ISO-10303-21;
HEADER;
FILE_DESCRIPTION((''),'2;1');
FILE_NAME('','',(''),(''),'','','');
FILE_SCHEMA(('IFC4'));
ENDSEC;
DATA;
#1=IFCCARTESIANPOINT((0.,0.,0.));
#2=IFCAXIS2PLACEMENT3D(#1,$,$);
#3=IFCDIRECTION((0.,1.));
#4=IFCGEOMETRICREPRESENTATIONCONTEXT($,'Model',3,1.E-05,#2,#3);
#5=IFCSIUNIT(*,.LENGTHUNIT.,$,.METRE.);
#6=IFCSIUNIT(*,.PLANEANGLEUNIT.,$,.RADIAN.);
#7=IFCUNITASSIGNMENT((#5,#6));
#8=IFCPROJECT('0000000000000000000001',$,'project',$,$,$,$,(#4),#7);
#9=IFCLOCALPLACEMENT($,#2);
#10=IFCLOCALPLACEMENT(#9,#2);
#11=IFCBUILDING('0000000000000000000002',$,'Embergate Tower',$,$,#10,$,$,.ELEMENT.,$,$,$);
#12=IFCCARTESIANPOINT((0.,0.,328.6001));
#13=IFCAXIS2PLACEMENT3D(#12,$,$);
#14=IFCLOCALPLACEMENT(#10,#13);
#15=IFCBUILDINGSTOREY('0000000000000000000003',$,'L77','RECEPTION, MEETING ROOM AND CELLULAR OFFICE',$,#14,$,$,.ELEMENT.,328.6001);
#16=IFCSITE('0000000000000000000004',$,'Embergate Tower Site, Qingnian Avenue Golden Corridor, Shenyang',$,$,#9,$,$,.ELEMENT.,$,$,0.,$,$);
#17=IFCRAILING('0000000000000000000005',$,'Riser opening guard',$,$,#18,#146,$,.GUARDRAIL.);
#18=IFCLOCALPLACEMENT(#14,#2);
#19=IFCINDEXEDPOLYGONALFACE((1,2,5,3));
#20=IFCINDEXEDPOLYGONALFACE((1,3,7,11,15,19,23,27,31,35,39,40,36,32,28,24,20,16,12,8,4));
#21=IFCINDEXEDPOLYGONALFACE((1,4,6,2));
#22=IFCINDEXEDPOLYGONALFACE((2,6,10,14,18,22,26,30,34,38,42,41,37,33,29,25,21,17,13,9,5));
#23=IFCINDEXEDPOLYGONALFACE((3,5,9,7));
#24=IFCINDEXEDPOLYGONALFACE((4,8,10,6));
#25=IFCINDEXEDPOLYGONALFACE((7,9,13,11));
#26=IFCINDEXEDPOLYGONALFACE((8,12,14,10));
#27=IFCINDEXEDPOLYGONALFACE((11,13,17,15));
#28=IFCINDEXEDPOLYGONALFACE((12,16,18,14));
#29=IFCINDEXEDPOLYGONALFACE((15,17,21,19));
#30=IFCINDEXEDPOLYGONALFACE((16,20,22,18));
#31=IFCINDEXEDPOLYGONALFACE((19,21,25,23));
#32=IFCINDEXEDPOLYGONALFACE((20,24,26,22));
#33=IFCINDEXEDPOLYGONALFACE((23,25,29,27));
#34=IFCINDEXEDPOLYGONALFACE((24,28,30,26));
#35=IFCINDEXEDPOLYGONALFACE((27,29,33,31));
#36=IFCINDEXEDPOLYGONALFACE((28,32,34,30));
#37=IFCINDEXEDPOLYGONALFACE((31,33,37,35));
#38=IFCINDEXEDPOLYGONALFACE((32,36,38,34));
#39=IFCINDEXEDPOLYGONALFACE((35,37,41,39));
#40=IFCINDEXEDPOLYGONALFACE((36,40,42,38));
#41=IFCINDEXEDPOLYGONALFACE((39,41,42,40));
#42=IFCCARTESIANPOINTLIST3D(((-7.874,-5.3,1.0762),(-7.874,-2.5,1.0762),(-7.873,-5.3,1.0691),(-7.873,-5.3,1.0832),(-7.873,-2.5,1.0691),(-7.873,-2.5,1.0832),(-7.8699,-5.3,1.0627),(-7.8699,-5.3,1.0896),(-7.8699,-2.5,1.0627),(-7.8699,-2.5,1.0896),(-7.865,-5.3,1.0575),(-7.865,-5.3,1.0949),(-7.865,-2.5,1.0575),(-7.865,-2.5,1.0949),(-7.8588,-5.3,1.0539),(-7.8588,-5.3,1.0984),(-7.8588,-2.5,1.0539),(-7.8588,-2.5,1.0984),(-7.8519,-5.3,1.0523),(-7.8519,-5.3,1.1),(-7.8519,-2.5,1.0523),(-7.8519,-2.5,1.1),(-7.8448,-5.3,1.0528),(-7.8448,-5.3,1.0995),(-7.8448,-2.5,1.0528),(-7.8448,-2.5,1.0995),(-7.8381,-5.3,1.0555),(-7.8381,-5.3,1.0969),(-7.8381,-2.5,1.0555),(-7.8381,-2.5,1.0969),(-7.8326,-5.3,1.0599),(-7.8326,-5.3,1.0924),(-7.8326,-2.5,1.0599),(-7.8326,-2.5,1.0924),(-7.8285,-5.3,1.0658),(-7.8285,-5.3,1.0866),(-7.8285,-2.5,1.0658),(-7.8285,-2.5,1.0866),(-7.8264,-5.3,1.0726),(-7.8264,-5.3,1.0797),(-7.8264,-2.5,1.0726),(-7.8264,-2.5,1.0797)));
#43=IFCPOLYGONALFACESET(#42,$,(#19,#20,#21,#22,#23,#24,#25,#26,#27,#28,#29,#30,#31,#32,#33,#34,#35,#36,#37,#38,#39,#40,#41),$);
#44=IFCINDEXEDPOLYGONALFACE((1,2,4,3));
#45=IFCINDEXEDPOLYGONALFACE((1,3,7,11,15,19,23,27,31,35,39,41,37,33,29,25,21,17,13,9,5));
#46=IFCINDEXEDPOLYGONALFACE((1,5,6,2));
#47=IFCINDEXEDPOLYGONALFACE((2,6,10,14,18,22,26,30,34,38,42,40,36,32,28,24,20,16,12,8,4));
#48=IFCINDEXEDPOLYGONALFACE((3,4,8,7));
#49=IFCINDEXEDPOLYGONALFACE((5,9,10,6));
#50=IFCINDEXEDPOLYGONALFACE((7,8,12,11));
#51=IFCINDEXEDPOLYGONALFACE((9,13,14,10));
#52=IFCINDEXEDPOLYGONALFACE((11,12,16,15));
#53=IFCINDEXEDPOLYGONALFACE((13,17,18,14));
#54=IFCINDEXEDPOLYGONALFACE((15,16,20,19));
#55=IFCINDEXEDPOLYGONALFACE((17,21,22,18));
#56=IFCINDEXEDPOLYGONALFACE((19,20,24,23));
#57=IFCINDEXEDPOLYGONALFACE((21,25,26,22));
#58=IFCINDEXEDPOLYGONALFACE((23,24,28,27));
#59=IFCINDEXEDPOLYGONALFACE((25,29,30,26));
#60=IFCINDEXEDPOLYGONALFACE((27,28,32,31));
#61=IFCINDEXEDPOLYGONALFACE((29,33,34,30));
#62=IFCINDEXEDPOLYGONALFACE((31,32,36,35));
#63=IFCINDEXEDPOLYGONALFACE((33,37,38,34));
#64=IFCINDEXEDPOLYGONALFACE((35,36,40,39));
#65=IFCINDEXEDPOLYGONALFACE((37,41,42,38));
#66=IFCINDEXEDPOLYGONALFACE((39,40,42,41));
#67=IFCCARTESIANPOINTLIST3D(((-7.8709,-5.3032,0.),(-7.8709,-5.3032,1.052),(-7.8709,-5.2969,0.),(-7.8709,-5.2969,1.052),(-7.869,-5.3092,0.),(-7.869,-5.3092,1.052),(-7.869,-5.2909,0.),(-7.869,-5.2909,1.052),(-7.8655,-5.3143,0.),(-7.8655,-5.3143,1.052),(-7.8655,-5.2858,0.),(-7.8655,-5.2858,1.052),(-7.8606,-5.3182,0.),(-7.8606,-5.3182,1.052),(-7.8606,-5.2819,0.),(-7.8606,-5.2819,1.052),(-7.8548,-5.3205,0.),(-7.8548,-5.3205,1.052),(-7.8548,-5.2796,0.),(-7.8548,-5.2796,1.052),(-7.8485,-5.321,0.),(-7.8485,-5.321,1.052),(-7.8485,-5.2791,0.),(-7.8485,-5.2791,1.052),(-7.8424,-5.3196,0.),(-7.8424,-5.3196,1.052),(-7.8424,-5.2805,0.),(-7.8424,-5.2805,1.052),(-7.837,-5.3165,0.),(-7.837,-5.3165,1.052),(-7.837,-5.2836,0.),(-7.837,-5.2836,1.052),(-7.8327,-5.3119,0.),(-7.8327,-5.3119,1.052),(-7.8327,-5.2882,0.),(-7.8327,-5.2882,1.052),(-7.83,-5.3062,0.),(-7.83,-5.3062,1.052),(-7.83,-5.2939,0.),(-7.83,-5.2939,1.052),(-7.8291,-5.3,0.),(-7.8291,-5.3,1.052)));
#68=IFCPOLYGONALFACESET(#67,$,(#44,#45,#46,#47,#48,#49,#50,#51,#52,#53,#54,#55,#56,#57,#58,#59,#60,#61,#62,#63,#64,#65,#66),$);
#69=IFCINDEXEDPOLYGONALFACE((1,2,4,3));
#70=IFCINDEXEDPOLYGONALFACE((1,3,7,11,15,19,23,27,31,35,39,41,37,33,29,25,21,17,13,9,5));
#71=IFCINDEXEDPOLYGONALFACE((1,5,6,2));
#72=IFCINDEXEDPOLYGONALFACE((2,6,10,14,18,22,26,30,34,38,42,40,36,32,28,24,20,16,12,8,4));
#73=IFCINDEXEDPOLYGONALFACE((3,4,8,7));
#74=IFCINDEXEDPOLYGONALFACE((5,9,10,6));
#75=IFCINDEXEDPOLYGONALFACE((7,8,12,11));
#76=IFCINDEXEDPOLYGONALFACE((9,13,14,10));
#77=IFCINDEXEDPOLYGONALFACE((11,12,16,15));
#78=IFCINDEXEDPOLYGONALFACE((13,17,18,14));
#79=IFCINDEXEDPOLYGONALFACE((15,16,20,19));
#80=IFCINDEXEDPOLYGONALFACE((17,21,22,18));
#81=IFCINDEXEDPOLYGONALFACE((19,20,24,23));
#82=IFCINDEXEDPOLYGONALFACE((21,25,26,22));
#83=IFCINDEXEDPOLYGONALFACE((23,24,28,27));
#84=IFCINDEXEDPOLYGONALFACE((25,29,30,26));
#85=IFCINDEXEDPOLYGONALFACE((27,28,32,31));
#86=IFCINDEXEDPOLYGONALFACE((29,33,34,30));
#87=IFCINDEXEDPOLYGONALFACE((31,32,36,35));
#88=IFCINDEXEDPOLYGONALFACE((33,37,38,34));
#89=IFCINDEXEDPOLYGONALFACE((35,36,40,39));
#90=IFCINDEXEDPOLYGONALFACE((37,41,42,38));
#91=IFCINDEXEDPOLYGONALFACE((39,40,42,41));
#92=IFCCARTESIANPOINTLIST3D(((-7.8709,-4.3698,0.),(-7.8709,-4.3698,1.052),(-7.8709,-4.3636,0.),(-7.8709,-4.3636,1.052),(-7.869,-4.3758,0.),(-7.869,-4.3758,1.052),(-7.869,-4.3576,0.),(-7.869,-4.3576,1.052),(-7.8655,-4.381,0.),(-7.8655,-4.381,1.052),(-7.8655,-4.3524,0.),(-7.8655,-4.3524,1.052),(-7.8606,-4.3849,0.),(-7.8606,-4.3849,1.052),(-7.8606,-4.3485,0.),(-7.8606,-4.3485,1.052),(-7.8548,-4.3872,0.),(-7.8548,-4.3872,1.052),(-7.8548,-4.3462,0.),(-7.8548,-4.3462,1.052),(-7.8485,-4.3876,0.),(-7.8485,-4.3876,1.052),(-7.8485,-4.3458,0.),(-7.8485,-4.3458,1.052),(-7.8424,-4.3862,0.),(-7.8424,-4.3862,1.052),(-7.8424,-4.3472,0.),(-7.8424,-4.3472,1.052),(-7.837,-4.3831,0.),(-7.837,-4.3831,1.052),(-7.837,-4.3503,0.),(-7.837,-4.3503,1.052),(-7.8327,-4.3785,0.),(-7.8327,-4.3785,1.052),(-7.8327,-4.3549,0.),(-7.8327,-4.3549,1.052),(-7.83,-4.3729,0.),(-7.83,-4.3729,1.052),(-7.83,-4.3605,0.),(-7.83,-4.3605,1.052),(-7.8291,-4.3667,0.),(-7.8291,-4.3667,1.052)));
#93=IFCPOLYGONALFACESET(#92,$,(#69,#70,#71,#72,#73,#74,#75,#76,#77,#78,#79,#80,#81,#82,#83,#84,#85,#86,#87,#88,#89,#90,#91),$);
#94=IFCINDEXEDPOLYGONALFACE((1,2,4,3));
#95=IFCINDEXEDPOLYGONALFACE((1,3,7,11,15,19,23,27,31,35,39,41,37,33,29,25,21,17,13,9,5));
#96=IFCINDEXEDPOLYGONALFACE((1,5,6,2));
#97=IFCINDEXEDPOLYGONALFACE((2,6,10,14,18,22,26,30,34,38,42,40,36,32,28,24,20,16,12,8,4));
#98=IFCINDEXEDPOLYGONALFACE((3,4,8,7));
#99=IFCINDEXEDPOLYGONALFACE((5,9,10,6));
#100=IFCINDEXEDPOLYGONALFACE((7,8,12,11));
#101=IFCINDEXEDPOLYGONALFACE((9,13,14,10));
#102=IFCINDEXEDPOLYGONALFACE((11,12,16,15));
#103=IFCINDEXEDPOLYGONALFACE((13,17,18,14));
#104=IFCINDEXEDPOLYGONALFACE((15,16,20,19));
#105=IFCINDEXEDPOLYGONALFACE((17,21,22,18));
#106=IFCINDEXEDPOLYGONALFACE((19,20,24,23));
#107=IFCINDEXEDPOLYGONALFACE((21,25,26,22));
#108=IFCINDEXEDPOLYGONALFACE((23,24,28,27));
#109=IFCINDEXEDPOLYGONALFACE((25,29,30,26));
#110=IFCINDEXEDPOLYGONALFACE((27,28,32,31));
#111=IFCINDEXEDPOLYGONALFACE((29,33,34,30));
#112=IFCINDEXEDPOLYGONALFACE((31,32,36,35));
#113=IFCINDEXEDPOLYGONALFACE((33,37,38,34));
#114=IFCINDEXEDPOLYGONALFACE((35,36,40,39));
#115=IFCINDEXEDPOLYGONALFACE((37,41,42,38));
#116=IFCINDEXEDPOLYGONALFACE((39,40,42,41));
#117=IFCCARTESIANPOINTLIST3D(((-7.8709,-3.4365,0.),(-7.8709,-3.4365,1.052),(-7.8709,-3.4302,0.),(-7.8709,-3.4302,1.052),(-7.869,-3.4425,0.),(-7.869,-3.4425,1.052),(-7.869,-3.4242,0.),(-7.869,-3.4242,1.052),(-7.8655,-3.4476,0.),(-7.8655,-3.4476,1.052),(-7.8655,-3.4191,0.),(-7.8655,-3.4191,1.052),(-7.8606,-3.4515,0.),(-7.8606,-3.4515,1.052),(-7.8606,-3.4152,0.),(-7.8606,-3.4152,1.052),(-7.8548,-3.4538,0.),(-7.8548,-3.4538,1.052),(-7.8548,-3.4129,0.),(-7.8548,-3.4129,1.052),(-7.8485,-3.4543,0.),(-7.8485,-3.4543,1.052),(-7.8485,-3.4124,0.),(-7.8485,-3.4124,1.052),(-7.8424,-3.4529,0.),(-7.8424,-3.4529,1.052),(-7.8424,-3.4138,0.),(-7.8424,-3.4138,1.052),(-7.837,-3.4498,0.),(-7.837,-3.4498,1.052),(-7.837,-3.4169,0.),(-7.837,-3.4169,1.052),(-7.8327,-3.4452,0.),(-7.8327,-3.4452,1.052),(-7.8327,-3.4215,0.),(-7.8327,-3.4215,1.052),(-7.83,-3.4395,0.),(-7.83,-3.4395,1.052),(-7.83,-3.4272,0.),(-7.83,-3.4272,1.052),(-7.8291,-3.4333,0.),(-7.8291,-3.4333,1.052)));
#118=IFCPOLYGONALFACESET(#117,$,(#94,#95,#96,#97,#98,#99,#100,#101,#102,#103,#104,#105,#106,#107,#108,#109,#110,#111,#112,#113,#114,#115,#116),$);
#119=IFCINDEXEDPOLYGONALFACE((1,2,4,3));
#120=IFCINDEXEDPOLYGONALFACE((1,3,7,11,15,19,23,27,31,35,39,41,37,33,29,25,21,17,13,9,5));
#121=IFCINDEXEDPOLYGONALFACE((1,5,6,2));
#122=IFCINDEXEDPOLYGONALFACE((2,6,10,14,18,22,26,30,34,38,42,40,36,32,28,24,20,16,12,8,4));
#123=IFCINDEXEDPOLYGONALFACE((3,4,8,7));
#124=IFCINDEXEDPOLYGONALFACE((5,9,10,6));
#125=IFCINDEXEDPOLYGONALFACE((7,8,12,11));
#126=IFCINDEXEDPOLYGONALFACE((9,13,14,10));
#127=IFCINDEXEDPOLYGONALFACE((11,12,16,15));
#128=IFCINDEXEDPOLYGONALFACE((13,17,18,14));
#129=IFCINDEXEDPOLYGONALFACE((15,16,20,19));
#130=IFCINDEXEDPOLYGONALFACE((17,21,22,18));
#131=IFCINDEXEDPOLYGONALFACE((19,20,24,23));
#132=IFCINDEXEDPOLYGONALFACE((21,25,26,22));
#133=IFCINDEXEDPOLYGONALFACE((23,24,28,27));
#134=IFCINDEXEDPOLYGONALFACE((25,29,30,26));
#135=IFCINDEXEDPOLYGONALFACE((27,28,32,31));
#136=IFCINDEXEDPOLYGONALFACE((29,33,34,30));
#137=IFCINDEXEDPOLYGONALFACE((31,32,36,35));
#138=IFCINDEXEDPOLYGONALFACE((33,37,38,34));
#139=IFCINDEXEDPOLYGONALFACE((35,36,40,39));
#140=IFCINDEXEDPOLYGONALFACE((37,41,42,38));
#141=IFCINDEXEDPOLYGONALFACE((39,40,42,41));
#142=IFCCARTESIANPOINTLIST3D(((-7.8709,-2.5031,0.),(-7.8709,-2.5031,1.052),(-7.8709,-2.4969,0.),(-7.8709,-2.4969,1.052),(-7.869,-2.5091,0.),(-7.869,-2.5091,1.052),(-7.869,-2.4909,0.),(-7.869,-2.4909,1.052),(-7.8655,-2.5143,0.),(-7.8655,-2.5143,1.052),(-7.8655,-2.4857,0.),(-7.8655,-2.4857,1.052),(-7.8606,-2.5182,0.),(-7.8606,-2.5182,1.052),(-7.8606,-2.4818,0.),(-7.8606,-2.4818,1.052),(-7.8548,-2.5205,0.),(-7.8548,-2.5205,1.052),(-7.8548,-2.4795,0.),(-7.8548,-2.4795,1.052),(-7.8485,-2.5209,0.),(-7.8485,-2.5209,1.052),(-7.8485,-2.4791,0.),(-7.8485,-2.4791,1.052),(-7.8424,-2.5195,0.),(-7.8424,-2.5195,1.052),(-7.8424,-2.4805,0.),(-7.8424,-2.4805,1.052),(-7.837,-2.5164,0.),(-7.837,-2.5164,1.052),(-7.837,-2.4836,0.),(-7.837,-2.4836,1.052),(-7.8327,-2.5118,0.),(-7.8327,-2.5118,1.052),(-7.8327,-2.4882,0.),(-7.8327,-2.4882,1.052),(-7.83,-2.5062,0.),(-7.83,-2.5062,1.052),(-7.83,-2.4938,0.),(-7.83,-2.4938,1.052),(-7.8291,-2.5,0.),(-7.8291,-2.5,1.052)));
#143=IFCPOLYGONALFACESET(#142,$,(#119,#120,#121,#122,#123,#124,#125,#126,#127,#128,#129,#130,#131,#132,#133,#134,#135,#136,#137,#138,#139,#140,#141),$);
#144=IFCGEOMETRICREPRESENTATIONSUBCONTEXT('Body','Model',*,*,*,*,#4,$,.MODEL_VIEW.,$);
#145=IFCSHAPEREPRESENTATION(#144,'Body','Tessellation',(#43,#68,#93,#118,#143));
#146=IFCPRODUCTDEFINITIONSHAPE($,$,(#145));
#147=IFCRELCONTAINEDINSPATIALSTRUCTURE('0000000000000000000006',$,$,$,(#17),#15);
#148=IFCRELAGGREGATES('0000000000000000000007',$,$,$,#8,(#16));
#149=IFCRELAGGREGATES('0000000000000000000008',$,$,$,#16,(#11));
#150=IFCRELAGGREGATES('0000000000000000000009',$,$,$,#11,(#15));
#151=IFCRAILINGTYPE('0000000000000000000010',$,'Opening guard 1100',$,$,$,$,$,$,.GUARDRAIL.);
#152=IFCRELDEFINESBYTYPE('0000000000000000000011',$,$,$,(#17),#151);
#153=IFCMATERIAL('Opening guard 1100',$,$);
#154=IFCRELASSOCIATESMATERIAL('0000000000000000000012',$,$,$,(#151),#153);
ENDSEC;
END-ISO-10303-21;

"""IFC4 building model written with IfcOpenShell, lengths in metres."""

from ifc_helpers import new_model, si_unit, direction, frame, origin, origin_2d, place, context, subcontext, project, spatial, circle, extrude, source, transform, mapped, material, type_object, element, save


model = new_model("IFC4")

# Units and contexts
model_context = context("Model", 3, precision=1e-05, world=origin(), true_north=direction((0.0, 1.0)))
body_context = subcontext(model_context, "Body", "Model", "MODEL_VIEW")
ifc_project = project(units=[si_unit("LENGTHUNIT", "METRE"), si_unit("PLANEANGLEUNIT", "RADIAN")], contexts=[model_context])

# Site, building, storey
site_placement = place(None, origin())
site = spatial("IfcSite", under=ifc_project, at=site_placement, Name="Embergate Tower Site, Qingnian Avenue Golden Corridor, Shenyang", CompositionType="ELEMENT", RefElevation=0.0)
building_placement = place(site_placement, origin())
building = spatial("IfcBuilding", under=site, at=building_placement, Name="Embergate Tower", CompositionType="ELEMENT")
storey_placement = place(building_placement, frame((0.0, 0.0, 328.6001)))
storey = spatial("IfcBuildingStorey", under=building, at=storey_placement, Name="L77", Description="RECEPTION, MEETING ROOM AND CELLULAR OFFICE", CompositionType="ELEMENT", Elevation=328.6001)

# Railing
ifc_material_1 = material(Name="Opening guard 1100")
railing_type = type_object("IfcRailingType", Name="Opening guard 1100", PredefinedType="GUARDRAIL", material=ifc_material_1)
shared_shape_1 = source(origin(), body_context, "Body", "SweptSolid", [
    extrude(circle(Radius=0.0239, at=origin_2d()), frame((0.0, 0.0, 1.0762), z_axis=(0.0, 1.0, 0.0), x_axis=(-1.0, 0.0, 0.0)), (0.0, 0.0, 1.0), 2.8),
    extrude(circle(Radius=0.021, at=origin_2d()), origin(), (0.0, 0.0, 1.0), 1.052),
    extrude(circle(Radius=0.021, at=origin_2d()), frame((0.0, 0.9333, 0.0)), (0.0, 0.0, 1.0), 1.052),
    extrude(circle(Radius=0.021, at=origin_2d()), frame((0.0, 1.8667, 0.0)), (0.0, 0.0, 1.0), 1.052),
    extrude(circle(Radius=0.021, at=origin_2d()), frame((0.0, 2.8, 0.0)), (0.0, 0.0, 1.0), 1.052),
])
railing_placement = place(storey_placement, frame((-7.8501, -5.3, 0.0)))
element("IfcRailing", 1, at=railing_placement, inside=storey, type_object=railing_type, Name="Riser opening guard", PredefinedType="GUARDRAIL", context=body_context, shape_type="MappedRepresentation", body=[
    mapped(shared_shape_1, transform((0.0, 0.0, 0.0))),
])

save(model, "model.ifc")
